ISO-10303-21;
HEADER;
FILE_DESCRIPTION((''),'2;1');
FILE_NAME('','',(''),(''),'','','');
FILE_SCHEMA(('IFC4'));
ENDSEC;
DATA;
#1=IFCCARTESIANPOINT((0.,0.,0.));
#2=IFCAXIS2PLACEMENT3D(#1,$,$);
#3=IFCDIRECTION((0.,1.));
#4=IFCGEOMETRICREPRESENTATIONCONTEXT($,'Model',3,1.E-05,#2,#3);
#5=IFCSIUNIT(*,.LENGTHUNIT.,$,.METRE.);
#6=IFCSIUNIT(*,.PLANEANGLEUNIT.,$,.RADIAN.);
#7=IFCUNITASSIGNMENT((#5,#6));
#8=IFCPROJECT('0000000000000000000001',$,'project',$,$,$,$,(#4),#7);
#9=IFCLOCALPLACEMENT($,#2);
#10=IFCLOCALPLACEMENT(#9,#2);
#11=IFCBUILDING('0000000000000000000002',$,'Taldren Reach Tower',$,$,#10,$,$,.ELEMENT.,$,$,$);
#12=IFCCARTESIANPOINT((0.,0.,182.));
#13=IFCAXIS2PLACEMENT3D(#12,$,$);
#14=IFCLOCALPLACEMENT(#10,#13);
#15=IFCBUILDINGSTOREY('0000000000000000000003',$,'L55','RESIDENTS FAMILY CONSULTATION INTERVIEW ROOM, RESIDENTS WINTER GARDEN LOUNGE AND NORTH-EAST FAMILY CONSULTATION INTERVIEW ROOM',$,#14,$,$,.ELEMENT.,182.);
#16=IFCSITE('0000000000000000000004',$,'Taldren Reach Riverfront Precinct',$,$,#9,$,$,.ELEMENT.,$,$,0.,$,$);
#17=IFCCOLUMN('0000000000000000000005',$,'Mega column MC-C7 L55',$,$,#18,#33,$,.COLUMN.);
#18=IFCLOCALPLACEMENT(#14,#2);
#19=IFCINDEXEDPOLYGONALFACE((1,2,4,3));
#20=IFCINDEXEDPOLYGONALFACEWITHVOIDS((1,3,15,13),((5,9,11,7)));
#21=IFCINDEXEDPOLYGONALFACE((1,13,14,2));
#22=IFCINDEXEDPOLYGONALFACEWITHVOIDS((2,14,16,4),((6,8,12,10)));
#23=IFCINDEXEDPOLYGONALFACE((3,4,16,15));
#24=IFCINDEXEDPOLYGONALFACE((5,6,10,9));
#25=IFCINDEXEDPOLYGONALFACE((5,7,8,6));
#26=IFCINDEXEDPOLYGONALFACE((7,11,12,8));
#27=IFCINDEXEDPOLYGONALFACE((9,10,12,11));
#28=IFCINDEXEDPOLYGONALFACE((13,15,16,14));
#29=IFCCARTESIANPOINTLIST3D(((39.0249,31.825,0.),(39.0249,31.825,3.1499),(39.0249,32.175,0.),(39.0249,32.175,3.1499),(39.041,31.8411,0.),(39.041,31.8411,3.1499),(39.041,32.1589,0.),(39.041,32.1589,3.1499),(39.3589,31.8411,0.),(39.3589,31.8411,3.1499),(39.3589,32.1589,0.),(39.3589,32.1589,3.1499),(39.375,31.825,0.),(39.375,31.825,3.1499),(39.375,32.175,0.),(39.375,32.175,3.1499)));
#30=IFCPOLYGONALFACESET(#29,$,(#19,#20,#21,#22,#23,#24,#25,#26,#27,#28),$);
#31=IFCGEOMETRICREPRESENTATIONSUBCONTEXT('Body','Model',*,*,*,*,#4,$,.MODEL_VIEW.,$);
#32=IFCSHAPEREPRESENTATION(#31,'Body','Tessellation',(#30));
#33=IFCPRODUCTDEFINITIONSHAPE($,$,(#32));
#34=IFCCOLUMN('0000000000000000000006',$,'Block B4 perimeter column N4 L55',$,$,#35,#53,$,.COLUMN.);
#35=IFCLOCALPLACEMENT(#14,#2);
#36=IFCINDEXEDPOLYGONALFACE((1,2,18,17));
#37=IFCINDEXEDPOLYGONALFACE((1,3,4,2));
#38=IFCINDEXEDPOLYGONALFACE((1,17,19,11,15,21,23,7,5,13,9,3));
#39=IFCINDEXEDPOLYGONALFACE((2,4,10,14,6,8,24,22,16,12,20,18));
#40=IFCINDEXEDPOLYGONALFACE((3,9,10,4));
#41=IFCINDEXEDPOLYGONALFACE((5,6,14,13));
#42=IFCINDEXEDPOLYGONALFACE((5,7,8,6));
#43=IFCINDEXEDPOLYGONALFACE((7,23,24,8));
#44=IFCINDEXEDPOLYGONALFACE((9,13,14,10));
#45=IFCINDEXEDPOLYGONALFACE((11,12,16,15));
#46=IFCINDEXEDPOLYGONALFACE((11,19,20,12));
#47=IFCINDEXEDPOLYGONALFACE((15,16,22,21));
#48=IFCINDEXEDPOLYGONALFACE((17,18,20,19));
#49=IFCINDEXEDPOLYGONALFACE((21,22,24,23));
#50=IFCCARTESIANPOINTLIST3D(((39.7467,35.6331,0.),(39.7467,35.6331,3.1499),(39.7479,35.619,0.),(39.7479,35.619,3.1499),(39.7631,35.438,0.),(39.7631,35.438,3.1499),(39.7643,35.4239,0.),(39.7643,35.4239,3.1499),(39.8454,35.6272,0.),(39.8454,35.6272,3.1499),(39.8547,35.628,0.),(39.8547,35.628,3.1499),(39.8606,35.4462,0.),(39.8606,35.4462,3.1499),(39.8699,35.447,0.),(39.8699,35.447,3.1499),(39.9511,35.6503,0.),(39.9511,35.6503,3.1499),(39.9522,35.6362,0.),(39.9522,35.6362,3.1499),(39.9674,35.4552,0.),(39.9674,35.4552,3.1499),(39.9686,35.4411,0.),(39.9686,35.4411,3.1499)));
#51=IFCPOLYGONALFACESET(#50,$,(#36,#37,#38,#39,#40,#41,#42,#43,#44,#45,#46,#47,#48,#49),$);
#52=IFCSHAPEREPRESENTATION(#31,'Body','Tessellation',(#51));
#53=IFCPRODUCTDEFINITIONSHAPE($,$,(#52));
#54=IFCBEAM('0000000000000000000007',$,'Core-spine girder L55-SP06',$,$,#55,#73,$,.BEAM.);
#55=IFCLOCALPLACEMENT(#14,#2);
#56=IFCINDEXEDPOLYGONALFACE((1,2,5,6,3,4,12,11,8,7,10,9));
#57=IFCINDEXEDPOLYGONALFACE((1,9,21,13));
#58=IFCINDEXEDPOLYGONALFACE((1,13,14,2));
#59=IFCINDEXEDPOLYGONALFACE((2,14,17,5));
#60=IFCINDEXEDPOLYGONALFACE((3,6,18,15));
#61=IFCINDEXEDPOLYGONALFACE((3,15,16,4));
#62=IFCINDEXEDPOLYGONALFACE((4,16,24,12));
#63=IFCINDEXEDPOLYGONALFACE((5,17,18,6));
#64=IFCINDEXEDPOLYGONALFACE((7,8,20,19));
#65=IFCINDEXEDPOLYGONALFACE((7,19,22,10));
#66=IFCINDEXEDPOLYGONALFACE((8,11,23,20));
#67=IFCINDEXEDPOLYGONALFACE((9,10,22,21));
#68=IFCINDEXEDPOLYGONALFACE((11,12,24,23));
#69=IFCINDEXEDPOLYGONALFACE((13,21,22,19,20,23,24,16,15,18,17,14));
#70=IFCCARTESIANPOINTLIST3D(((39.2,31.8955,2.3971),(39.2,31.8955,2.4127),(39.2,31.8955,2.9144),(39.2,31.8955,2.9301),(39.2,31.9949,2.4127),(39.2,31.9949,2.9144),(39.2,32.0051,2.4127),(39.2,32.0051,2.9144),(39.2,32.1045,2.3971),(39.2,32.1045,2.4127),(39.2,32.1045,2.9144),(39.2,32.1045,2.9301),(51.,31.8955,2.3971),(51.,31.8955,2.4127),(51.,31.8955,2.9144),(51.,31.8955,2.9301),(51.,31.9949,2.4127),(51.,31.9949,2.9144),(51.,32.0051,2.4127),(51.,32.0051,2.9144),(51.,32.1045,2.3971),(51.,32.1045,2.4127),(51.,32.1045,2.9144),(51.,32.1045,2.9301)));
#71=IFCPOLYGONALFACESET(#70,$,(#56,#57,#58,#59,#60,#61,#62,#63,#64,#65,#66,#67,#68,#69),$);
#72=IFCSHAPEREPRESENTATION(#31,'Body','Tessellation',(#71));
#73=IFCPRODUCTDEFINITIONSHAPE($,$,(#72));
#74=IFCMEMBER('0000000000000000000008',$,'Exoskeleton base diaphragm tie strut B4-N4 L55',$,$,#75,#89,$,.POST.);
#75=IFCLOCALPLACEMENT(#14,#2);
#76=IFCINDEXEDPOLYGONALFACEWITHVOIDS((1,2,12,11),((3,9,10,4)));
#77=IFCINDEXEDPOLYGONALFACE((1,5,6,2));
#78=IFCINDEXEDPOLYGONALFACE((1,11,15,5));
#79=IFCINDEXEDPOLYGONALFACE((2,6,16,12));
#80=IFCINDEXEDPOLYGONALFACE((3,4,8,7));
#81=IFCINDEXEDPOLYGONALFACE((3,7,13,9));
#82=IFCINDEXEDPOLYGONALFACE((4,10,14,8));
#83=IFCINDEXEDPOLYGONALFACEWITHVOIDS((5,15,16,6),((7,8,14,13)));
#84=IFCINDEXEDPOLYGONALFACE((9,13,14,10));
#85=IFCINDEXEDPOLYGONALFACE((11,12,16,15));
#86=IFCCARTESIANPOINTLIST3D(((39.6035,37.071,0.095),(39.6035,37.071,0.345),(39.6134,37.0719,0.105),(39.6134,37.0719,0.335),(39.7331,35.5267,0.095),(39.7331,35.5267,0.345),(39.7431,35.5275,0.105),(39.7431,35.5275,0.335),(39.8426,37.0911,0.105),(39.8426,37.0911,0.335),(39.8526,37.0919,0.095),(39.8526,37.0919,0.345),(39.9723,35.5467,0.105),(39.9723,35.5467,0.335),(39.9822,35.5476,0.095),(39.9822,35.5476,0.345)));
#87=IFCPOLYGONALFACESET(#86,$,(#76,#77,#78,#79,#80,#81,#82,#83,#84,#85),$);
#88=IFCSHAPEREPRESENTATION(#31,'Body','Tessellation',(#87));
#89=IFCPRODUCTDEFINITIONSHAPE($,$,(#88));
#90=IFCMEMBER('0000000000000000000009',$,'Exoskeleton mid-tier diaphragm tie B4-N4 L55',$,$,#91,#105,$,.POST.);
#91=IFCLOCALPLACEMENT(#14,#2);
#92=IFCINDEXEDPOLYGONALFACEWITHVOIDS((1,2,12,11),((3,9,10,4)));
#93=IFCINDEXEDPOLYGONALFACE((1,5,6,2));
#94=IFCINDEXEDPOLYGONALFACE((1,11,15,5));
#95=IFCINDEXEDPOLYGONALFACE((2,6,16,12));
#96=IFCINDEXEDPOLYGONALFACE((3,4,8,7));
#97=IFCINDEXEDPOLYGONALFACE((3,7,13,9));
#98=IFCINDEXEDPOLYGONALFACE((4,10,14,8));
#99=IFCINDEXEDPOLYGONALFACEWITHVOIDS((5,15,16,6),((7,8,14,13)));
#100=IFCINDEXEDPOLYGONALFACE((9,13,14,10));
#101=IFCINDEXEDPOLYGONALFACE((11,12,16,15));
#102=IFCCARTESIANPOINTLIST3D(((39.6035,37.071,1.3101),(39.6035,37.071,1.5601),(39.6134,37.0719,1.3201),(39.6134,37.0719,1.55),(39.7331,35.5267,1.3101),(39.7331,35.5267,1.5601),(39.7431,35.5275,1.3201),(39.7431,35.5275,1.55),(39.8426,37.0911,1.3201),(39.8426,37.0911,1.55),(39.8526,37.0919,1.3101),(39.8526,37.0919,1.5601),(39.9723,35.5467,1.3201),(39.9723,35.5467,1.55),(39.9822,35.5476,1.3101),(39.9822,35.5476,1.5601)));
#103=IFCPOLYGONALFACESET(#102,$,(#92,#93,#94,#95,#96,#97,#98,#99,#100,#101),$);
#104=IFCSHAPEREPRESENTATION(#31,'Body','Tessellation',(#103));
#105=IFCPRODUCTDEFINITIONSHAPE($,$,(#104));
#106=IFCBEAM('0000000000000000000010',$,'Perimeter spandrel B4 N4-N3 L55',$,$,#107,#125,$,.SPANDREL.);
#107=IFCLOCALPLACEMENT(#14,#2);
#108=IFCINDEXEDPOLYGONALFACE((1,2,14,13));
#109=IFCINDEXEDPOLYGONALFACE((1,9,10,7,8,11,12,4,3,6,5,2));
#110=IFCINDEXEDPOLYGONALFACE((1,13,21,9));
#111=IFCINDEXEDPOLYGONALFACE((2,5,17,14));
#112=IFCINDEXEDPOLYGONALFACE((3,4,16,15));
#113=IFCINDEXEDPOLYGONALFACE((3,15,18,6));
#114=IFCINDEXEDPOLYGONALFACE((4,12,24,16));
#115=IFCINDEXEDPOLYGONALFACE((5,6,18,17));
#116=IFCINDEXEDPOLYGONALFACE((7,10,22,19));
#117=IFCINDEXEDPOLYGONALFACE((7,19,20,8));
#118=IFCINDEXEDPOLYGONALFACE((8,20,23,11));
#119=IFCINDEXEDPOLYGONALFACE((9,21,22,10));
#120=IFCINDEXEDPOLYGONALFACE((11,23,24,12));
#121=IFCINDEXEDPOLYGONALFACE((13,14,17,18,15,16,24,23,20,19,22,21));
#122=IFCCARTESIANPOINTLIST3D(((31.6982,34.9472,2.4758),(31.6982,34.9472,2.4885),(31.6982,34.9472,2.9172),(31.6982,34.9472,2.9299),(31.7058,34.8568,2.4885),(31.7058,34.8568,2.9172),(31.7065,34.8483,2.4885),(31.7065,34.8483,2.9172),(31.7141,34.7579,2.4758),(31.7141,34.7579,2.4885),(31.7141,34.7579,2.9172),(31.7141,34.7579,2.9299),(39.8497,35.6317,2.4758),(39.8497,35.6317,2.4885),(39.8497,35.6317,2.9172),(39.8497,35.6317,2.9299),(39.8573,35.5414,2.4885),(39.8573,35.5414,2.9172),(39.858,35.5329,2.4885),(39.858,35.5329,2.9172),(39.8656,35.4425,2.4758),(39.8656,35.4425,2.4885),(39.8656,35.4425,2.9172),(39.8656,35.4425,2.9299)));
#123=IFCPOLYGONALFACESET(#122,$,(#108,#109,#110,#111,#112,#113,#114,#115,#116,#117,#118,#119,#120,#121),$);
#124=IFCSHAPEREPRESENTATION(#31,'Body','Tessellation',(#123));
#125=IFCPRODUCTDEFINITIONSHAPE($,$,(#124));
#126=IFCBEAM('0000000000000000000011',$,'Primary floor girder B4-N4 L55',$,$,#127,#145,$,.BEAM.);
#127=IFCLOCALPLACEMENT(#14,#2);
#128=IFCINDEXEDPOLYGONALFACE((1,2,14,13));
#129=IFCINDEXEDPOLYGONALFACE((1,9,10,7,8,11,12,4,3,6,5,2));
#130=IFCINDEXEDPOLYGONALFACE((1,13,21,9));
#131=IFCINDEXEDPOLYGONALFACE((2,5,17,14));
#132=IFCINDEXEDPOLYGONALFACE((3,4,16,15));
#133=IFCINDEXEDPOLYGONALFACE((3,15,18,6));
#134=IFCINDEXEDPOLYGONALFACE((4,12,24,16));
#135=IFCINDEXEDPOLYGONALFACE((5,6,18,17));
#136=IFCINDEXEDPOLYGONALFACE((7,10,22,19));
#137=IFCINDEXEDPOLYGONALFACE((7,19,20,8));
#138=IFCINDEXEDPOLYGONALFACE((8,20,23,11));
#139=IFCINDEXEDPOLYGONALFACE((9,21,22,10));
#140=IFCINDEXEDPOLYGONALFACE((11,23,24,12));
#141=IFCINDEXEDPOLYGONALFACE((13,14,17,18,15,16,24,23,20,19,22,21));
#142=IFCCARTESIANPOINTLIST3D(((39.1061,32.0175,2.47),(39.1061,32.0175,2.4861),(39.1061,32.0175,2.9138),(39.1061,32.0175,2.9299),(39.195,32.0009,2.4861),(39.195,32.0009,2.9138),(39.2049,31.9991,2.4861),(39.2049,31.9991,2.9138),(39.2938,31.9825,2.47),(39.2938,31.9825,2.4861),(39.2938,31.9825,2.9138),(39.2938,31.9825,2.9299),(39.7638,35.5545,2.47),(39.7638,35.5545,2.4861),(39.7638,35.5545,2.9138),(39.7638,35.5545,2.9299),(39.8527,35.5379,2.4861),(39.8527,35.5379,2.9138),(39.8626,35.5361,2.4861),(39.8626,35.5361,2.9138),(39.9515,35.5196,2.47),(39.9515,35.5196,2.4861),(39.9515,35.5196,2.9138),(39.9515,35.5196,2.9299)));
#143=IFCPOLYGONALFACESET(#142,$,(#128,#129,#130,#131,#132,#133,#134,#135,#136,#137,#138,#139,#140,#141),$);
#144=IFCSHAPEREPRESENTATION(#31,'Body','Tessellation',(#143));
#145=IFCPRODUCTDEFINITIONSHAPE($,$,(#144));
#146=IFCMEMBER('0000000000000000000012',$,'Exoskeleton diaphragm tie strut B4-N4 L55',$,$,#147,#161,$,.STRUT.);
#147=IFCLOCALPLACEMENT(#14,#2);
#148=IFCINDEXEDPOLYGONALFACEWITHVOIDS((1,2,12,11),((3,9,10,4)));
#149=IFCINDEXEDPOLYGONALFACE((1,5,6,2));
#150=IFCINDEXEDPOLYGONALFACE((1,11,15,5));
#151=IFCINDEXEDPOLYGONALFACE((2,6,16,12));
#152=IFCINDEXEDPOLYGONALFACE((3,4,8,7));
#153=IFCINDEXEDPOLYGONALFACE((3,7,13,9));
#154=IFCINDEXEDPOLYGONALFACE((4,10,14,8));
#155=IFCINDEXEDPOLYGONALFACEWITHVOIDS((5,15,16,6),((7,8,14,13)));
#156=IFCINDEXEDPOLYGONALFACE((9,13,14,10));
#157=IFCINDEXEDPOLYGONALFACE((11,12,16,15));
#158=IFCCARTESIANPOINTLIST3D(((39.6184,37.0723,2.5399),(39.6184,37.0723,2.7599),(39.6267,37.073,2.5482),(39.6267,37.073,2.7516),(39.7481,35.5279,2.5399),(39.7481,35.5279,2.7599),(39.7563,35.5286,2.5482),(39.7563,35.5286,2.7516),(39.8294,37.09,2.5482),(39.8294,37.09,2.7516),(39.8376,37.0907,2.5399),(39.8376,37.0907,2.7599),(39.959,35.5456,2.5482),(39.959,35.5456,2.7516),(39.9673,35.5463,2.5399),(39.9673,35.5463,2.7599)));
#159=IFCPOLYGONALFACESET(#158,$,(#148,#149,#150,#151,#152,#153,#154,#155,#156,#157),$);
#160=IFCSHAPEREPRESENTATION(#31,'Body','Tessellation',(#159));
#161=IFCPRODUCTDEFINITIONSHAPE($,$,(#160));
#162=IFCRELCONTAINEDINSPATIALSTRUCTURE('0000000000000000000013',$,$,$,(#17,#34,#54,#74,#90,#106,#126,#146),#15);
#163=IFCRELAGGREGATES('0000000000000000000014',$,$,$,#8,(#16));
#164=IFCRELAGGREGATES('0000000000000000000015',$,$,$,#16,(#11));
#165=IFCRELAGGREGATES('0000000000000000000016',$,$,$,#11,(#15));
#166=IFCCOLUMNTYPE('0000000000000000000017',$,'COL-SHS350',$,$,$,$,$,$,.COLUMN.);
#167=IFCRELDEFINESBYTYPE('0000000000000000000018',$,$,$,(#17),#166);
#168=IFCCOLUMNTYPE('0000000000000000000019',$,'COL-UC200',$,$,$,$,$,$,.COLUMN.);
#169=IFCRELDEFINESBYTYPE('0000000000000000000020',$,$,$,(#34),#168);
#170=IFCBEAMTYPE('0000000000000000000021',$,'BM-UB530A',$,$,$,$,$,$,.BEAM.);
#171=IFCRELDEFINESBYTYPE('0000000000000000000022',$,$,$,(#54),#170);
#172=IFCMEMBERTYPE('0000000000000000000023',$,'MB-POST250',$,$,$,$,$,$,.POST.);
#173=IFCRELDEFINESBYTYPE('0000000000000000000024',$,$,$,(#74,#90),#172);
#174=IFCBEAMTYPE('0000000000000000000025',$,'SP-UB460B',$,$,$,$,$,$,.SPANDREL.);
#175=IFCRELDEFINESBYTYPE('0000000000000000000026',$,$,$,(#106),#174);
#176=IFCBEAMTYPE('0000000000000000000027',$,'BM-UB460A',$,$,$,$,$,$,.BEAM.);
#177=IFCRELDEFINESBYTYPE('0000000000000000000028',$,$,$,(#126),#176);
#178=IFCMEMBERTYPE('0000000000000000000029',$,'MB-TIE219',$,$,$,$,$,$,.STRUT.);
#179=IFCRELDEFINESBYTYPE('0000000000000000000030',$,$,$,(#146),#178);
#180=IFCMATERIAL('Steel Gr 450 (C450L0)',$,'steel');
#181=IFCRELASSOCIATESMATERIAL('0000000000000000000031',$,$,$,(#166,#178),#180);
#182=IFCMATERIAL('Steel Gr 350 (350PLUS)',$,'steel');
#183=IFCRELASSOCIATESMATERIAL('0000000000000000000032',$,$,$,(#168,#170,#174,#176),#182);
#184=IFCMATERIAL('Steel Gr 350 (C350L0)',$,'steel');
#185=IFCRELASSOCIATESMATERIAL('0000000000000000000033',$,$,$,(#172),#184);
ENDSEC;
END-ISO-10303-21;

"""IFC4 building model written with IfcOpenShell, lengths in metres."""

from ifc_helpers import new_model, si_unit, direction, frame, origin, origin_2d, place, context, subcontext, project, spatial, hollow_rectangle, i_section, extrude, source, transform, mapped, material, material_profile, profile_set, type_object, element, save


model = new_model("IFC4")

# Units and contexts
model_context = context("Model", 3, precision=1e-05, world=origin(), true_north=direction((0.0, 1.0)))
body_context = subcontext(model_context, "Body", "Model", "MODEL_VIEW")
ifc_project = project(units=[si_unit("LENGTHUNIT", "METRE"), si_unit("PLANEANGLEUNIT", "RADIAN")], contexts=[model_context])

# Site, building, storey
site_placement = place(None, origin())
site = spatial("IfcSite", under=ifc_project, at=site_placement, Name="Taldren Reach Riverfront Precinct", CompositionType="ELEMENT", RefElevation=0.0)
building_placement = place(site_placement, origin())
building = spatial("IfcBuilding", under=site, at=building_placement, Name="Taldren Reach Tower", CompositionType="ELEMENT")
storey_placement = place(building_placement, frame((0.0, 0.0, 182.0)))
storey = spatial("IfcBuildingStorey", under=building, at=storey_placement, Name="L55", Description="RESIDENTS FAMILY CONSULTATION INTERVIEW ROOM, RESIDENTS WINTER GARDEN LOUNGE AND NORTH-EAST FAMILY CONSULTATION INTERVIEW ROOM", CompositionType="ELEMENT", Elevation=182.0)

# Columns
ifc_material_1 = material(Name="Steel Gr 450 (C450L0)", Category="steel")
ifc_material_profile_1 = material_profile(ifc_material_1, hollow_rectangle(XDim=0.3501, YDim=0.3501, WallThickness=0.0161, at=origin_2d()), Name="350x350x16.0SHS")
ifc_profile_set_1 = profile_set([ifc_material_profile_1], Name="Steel Gr 450 (C450L0)")
column_type_1 = type_object("IfcColumnType", Name="COL-SHS350", PredefinedType="COLUMN", material=ifc_profile_set_1)
shared_shape_1 = source(origin(), body_context, "Body", "SweptSolid", [
    extrude(hollow_rectangle(XDim=0.3501, YDim=0.3501, WallThickness=0.0161, at=origin_2d()), origin(), (0.0, 0.0, 1.0), 3.1499),
])
column_1_placement = place(storey_placement, frame((39.2, 32.0, 0.0), z_axis=(0.0, 0.0, 1.0), x_axis=(1.0, 0.0, 0.0)))
element("IfcColumn", 1, at=column_1_placement, inside=storey, type_object=column_type_1, Name="Mega column MC-C7 L55", PredefinedType="COLUMN", context=body_context, shape_type="MappedRepresentation", body=[
    mapped(shared_shape_1, transform((0.0, 0.0, 0.0), scale=1.0)),
])
ifc_material_2 = material(Name="Steel Gr 350 (350PLUS)", Category="steel")
ifc_material_profile_2 = material_profile(ifc_material_2, i_section(OverallWidth=0.2051, OverallDepth=0.21, WebThickness=0.0093, FlangeThickness=0.0142, at=origin_2d()), Name="200UC59.5")
ifc_profile_set_2 = profile_set([ifc_material_profile_2], Name="Steel Gr 350 (350PLUS)")
column_type_2 = type_object("IfcColumnType", Name="COL-UC200", PredefinedType="COLUMN", material=ifc_profile_set_2)
shared_shape_2 = source(origin(), body_context, "Body", "SweptSolid", [
    extrude(i_section(OverallWidth=0.2051, OverallDepth=0.21, WebThickness=0.0093, FlangeThickness=0.0142, at=origin_2d()), origin(), (0.0, 0.0, 1.0), 3.1499),
])
column_2_placement = place(storey_placement, frame((39.8577, 35.5371, 0.0), z_axis=(0.0, 0.0, 1.0), x_axis=(0.996493, 0.083678, 0.0)))
element("IfcColumn", 2, at=column_2_placement, inside=storey, type_object=column_type_2, Name="Block B4 perimeter column N4 L55", PredefinedType="COLUMN", context=body_context, shape_type="MappedRepresentation", body=[
    mapped(shared_shape_2, transform((0.0, 0.0, 0.0), scale=1.0)),
])

# Beam
ifc_material_profile_3 = material_profile(ifc_material_2, i_section(OverallWidth=0.209, OverallDepth=0.533, WebThickness=0.0103, FlangeThickness=0.0156, at=origin_2d()), Name="530UB92.4")
ifc_profile_set_3 = profile_set([ifc_material_profile_3], Name="Steel Gr 350 (350PLUS)")
beam_type_1 = type_object("IfcBeamType", Name="BM-UB530A", PredefinedType="BEAM", material=ifc_profile_set_3)
shared_shape_3 = source(origin(), body_context, "Body", "SweptSolid", [
    extrude(i_section(OverallWidth=0.209, OverallDepth=0.533, WebThickness=0.0103, FlangeThickness=0.0156, at=origin_2d()), origin(), (0.0, 0.0, 1.0), 11.8),
])
beam_1_placement = place(storey_placement, frame((39.2, 32.0, 2.6636), z_axis=(1.0, 0.0, 0.0), x_axis=(0.0, 1.0, 0.0)))
element("IfcBeam", 3, at=beam_1_placement, inside=storey, type_object=beam_type_1, Name="Core-spine girder L55-SP06", PredefinedType="BEAM", context=body_context, shape_type="MappedRepresentation", body=[
    mapped(shared_shape_3, transform((0.0, 0.0, 0.0), scale=1.0)),
])

# Members
ifc_material_3 = material(Name="Steel Gr 350 (C350L0)", Category="steel")
ifc_material_profile_4 = material_profile(ifc_material_3, hollow_rectangle(XDim=0.25, YDim=0.25, WallThickness=0.01, at=origin_2d()), Name="250x250x10.0SHS")
ifc_profile_set_4 = profile_set([ifc_material_profile_4], Name="Steel Gr 350 (C350L0)")
member_type_1 = type_object("IfcMemberType", Name="MB-POST250", PredefinedType="POST", material=ifc_profile_set_4)
shared_shape_4 = source(origin(), body_context, "Body", "SweptSolid", [
    extrude(hollow_rectangle(XDim=0.25, YDim=0.25, WallThickness=0.01, at=origin_2d()), origin(), (0.0, 0.0, 1.0), 1.5498),
])
for number, where, z_axis, x_axis, name in (
    (4, (39.8577, 35.5371, 0.22), (-0.083645, 0.996496, 0.0), (-0.996496, -0.083645, 0.0), "Exoskeleton base diaphragm tie strut B4-N4 L55"),
    (5, (39.8577, 35.5371, 1.4351), (-0.083645, 0.996496, 0.0), (-0.996496, -0.083645, 0.0), "Exoskeleton mid-tier diaphragm tie B4-N4 L55"),
):
    element("IfcMember", number, at=place(storey_placement, frame(where, z_axis=z_axis, x_axis=x_axis)), inside=storey, type_object=member_type_1, Name=name, PredefinedType="POST", context=body_context, shape_type="MappedRepresentation", body=[
        mapped(shared_shape_4, transform((0.0, 0.0, 0.0), scale=1.0)),
    ])

# Beams
ifc_material_profile_5 = material_profile(ifc_material_2, i_section(OverallWidth=0.1899, OverallDepth=0.4541, WebThickness=0.0085, FlangeThickness=0.0127, at=origin_2d()), Name="460UB67.1")
ifc_profile_set_5 = profile_set([ifc_material_profile_5], Name="Steel Gr 350 (350PLUS)")
beam_type_2 = type_object("IfcBeamType", Name="SP-UB460B", PredefinedType="SPANDREL", material=ifc_profile_set_5)
shared_shape_5 = source(origin(), body_context, "Body", "SweptSolid", [
    extrude(i_section(OverallWidth=0.1899, OverallDepth=0.4541, WebThickness=0.0085, FlangeThickness=0.0127, at=origin_2d()), origin(), (0.0, 0.0, 1.0), 8.1802),
])
beam_2_placement = place(storey_placement, frame((39.8577, 35.5371, 2.7029), z_axis=(-0.996492, -0.083688, 0.0), x_axis=(0.083688, -0.996492, 0.0)))
element("IfcBeam", 6, at=beam_2_placement, inside=storey, type_object=beam_type_2, Name="Perimeter spandrel B4 N4-N3 L55", PredefinedType="SPANDREL", context=body_context, shape_type="MappedRepresentation", body=[
    mapped(shared_shape_5, transform((0.0, 0.0, 0.0), scale=1.0)),
])
ifc_material_profile_6 = material_profile(ifc_material_2, i_section(OverallWidth=0.1909, OverallDepth=0.46, WebThickness=0.01, FlangeThickness=0.0161, at=origin_2d()), Name="460UB82.1")
ifc_profile_set_6 = profile_set([ifc_material_profile_6], Name="Steel Gr 350 (350PLUS)")
beam_type_3 = type_object("IfcBeamType", Name="BM-UB460A", PredefinedType="BEAM", material=ifc_profile_set_6)
shared_shape_6 = source(origin(), body_context, "Body", "SweptSolid", [
    extrude(i_section(OverallWidth=0.1909, OverallDepth=0.46, WebThickness=0.01, FlangeThickness=0.0161, at=origin_2d()), origin(), (0.0, 0.0, 1.0), 3.5977),
])
beam_3_placement = place(storey_placement, frame((39.2, 32.0, 2.7), z_axis=(0.182813, 0.983148, 0.0), x_axis=(-0.983148, 0.182813, 0.0)))
element("IfcBeam", 7, at=beam_3_placement, inside=storey, type_object=beam_type_3, Name="Primary floor girder B4-N4 L55", PredefinedType="BEAM", context=body_context, shape_type="MappedRepresentation", body=[
    mapped(shared_shape_6, transform((0.0, 0.0, 0.0), scale=1.0)),
])

# Member
ifc_material_profile_7 = material_profile(ifc_material_1, hollow_rectangle(XDim=0.22, YDim=0.22, WallThickness=0.0083, at=origin_2d()), Name="220x220x8.2SHS")
ifc_profile_set_7 = profile_set([ifc_material_profile_7], Name="Steel Gr 450 (C450L0)")
member_type_2 = type_object("IfcMemberType", Name="MB-TIE219", PredefinedType="STRUT", material=ifc_profile_set_7)
shared_shape_7 = source(origin(), body_context, "Body", "SweptSolid", [
    extrude(hollow_rectangle(XDim=0.22, YDim=0.22, WallThickness=0.0083, at=origin_2d()), origin(), (0.0, 0.0, 1.0), 1.5498),
])
member_1_placement = place(storey_placement, frame((39.8577, 35.5371, 2.6499), z_axis=(-0.083645, 0.996496, 0.0), x_axis=(-0.996496, -0.083645, 0.0)))
element("IfcMember", 8, at=member_1_placement, inside=storey, type_object=member_type_2, Name="Exoskeleton diaphragm tie strut B4-N4 L55", PredefinedType="STRUT", context=body_context, shape_type="MappedRepresentation", body=[
    mapped(shared_shape_7, transform((0.0, 0.0, 0.0), scale=1.0)),
])

save(model, "model.ifc")
